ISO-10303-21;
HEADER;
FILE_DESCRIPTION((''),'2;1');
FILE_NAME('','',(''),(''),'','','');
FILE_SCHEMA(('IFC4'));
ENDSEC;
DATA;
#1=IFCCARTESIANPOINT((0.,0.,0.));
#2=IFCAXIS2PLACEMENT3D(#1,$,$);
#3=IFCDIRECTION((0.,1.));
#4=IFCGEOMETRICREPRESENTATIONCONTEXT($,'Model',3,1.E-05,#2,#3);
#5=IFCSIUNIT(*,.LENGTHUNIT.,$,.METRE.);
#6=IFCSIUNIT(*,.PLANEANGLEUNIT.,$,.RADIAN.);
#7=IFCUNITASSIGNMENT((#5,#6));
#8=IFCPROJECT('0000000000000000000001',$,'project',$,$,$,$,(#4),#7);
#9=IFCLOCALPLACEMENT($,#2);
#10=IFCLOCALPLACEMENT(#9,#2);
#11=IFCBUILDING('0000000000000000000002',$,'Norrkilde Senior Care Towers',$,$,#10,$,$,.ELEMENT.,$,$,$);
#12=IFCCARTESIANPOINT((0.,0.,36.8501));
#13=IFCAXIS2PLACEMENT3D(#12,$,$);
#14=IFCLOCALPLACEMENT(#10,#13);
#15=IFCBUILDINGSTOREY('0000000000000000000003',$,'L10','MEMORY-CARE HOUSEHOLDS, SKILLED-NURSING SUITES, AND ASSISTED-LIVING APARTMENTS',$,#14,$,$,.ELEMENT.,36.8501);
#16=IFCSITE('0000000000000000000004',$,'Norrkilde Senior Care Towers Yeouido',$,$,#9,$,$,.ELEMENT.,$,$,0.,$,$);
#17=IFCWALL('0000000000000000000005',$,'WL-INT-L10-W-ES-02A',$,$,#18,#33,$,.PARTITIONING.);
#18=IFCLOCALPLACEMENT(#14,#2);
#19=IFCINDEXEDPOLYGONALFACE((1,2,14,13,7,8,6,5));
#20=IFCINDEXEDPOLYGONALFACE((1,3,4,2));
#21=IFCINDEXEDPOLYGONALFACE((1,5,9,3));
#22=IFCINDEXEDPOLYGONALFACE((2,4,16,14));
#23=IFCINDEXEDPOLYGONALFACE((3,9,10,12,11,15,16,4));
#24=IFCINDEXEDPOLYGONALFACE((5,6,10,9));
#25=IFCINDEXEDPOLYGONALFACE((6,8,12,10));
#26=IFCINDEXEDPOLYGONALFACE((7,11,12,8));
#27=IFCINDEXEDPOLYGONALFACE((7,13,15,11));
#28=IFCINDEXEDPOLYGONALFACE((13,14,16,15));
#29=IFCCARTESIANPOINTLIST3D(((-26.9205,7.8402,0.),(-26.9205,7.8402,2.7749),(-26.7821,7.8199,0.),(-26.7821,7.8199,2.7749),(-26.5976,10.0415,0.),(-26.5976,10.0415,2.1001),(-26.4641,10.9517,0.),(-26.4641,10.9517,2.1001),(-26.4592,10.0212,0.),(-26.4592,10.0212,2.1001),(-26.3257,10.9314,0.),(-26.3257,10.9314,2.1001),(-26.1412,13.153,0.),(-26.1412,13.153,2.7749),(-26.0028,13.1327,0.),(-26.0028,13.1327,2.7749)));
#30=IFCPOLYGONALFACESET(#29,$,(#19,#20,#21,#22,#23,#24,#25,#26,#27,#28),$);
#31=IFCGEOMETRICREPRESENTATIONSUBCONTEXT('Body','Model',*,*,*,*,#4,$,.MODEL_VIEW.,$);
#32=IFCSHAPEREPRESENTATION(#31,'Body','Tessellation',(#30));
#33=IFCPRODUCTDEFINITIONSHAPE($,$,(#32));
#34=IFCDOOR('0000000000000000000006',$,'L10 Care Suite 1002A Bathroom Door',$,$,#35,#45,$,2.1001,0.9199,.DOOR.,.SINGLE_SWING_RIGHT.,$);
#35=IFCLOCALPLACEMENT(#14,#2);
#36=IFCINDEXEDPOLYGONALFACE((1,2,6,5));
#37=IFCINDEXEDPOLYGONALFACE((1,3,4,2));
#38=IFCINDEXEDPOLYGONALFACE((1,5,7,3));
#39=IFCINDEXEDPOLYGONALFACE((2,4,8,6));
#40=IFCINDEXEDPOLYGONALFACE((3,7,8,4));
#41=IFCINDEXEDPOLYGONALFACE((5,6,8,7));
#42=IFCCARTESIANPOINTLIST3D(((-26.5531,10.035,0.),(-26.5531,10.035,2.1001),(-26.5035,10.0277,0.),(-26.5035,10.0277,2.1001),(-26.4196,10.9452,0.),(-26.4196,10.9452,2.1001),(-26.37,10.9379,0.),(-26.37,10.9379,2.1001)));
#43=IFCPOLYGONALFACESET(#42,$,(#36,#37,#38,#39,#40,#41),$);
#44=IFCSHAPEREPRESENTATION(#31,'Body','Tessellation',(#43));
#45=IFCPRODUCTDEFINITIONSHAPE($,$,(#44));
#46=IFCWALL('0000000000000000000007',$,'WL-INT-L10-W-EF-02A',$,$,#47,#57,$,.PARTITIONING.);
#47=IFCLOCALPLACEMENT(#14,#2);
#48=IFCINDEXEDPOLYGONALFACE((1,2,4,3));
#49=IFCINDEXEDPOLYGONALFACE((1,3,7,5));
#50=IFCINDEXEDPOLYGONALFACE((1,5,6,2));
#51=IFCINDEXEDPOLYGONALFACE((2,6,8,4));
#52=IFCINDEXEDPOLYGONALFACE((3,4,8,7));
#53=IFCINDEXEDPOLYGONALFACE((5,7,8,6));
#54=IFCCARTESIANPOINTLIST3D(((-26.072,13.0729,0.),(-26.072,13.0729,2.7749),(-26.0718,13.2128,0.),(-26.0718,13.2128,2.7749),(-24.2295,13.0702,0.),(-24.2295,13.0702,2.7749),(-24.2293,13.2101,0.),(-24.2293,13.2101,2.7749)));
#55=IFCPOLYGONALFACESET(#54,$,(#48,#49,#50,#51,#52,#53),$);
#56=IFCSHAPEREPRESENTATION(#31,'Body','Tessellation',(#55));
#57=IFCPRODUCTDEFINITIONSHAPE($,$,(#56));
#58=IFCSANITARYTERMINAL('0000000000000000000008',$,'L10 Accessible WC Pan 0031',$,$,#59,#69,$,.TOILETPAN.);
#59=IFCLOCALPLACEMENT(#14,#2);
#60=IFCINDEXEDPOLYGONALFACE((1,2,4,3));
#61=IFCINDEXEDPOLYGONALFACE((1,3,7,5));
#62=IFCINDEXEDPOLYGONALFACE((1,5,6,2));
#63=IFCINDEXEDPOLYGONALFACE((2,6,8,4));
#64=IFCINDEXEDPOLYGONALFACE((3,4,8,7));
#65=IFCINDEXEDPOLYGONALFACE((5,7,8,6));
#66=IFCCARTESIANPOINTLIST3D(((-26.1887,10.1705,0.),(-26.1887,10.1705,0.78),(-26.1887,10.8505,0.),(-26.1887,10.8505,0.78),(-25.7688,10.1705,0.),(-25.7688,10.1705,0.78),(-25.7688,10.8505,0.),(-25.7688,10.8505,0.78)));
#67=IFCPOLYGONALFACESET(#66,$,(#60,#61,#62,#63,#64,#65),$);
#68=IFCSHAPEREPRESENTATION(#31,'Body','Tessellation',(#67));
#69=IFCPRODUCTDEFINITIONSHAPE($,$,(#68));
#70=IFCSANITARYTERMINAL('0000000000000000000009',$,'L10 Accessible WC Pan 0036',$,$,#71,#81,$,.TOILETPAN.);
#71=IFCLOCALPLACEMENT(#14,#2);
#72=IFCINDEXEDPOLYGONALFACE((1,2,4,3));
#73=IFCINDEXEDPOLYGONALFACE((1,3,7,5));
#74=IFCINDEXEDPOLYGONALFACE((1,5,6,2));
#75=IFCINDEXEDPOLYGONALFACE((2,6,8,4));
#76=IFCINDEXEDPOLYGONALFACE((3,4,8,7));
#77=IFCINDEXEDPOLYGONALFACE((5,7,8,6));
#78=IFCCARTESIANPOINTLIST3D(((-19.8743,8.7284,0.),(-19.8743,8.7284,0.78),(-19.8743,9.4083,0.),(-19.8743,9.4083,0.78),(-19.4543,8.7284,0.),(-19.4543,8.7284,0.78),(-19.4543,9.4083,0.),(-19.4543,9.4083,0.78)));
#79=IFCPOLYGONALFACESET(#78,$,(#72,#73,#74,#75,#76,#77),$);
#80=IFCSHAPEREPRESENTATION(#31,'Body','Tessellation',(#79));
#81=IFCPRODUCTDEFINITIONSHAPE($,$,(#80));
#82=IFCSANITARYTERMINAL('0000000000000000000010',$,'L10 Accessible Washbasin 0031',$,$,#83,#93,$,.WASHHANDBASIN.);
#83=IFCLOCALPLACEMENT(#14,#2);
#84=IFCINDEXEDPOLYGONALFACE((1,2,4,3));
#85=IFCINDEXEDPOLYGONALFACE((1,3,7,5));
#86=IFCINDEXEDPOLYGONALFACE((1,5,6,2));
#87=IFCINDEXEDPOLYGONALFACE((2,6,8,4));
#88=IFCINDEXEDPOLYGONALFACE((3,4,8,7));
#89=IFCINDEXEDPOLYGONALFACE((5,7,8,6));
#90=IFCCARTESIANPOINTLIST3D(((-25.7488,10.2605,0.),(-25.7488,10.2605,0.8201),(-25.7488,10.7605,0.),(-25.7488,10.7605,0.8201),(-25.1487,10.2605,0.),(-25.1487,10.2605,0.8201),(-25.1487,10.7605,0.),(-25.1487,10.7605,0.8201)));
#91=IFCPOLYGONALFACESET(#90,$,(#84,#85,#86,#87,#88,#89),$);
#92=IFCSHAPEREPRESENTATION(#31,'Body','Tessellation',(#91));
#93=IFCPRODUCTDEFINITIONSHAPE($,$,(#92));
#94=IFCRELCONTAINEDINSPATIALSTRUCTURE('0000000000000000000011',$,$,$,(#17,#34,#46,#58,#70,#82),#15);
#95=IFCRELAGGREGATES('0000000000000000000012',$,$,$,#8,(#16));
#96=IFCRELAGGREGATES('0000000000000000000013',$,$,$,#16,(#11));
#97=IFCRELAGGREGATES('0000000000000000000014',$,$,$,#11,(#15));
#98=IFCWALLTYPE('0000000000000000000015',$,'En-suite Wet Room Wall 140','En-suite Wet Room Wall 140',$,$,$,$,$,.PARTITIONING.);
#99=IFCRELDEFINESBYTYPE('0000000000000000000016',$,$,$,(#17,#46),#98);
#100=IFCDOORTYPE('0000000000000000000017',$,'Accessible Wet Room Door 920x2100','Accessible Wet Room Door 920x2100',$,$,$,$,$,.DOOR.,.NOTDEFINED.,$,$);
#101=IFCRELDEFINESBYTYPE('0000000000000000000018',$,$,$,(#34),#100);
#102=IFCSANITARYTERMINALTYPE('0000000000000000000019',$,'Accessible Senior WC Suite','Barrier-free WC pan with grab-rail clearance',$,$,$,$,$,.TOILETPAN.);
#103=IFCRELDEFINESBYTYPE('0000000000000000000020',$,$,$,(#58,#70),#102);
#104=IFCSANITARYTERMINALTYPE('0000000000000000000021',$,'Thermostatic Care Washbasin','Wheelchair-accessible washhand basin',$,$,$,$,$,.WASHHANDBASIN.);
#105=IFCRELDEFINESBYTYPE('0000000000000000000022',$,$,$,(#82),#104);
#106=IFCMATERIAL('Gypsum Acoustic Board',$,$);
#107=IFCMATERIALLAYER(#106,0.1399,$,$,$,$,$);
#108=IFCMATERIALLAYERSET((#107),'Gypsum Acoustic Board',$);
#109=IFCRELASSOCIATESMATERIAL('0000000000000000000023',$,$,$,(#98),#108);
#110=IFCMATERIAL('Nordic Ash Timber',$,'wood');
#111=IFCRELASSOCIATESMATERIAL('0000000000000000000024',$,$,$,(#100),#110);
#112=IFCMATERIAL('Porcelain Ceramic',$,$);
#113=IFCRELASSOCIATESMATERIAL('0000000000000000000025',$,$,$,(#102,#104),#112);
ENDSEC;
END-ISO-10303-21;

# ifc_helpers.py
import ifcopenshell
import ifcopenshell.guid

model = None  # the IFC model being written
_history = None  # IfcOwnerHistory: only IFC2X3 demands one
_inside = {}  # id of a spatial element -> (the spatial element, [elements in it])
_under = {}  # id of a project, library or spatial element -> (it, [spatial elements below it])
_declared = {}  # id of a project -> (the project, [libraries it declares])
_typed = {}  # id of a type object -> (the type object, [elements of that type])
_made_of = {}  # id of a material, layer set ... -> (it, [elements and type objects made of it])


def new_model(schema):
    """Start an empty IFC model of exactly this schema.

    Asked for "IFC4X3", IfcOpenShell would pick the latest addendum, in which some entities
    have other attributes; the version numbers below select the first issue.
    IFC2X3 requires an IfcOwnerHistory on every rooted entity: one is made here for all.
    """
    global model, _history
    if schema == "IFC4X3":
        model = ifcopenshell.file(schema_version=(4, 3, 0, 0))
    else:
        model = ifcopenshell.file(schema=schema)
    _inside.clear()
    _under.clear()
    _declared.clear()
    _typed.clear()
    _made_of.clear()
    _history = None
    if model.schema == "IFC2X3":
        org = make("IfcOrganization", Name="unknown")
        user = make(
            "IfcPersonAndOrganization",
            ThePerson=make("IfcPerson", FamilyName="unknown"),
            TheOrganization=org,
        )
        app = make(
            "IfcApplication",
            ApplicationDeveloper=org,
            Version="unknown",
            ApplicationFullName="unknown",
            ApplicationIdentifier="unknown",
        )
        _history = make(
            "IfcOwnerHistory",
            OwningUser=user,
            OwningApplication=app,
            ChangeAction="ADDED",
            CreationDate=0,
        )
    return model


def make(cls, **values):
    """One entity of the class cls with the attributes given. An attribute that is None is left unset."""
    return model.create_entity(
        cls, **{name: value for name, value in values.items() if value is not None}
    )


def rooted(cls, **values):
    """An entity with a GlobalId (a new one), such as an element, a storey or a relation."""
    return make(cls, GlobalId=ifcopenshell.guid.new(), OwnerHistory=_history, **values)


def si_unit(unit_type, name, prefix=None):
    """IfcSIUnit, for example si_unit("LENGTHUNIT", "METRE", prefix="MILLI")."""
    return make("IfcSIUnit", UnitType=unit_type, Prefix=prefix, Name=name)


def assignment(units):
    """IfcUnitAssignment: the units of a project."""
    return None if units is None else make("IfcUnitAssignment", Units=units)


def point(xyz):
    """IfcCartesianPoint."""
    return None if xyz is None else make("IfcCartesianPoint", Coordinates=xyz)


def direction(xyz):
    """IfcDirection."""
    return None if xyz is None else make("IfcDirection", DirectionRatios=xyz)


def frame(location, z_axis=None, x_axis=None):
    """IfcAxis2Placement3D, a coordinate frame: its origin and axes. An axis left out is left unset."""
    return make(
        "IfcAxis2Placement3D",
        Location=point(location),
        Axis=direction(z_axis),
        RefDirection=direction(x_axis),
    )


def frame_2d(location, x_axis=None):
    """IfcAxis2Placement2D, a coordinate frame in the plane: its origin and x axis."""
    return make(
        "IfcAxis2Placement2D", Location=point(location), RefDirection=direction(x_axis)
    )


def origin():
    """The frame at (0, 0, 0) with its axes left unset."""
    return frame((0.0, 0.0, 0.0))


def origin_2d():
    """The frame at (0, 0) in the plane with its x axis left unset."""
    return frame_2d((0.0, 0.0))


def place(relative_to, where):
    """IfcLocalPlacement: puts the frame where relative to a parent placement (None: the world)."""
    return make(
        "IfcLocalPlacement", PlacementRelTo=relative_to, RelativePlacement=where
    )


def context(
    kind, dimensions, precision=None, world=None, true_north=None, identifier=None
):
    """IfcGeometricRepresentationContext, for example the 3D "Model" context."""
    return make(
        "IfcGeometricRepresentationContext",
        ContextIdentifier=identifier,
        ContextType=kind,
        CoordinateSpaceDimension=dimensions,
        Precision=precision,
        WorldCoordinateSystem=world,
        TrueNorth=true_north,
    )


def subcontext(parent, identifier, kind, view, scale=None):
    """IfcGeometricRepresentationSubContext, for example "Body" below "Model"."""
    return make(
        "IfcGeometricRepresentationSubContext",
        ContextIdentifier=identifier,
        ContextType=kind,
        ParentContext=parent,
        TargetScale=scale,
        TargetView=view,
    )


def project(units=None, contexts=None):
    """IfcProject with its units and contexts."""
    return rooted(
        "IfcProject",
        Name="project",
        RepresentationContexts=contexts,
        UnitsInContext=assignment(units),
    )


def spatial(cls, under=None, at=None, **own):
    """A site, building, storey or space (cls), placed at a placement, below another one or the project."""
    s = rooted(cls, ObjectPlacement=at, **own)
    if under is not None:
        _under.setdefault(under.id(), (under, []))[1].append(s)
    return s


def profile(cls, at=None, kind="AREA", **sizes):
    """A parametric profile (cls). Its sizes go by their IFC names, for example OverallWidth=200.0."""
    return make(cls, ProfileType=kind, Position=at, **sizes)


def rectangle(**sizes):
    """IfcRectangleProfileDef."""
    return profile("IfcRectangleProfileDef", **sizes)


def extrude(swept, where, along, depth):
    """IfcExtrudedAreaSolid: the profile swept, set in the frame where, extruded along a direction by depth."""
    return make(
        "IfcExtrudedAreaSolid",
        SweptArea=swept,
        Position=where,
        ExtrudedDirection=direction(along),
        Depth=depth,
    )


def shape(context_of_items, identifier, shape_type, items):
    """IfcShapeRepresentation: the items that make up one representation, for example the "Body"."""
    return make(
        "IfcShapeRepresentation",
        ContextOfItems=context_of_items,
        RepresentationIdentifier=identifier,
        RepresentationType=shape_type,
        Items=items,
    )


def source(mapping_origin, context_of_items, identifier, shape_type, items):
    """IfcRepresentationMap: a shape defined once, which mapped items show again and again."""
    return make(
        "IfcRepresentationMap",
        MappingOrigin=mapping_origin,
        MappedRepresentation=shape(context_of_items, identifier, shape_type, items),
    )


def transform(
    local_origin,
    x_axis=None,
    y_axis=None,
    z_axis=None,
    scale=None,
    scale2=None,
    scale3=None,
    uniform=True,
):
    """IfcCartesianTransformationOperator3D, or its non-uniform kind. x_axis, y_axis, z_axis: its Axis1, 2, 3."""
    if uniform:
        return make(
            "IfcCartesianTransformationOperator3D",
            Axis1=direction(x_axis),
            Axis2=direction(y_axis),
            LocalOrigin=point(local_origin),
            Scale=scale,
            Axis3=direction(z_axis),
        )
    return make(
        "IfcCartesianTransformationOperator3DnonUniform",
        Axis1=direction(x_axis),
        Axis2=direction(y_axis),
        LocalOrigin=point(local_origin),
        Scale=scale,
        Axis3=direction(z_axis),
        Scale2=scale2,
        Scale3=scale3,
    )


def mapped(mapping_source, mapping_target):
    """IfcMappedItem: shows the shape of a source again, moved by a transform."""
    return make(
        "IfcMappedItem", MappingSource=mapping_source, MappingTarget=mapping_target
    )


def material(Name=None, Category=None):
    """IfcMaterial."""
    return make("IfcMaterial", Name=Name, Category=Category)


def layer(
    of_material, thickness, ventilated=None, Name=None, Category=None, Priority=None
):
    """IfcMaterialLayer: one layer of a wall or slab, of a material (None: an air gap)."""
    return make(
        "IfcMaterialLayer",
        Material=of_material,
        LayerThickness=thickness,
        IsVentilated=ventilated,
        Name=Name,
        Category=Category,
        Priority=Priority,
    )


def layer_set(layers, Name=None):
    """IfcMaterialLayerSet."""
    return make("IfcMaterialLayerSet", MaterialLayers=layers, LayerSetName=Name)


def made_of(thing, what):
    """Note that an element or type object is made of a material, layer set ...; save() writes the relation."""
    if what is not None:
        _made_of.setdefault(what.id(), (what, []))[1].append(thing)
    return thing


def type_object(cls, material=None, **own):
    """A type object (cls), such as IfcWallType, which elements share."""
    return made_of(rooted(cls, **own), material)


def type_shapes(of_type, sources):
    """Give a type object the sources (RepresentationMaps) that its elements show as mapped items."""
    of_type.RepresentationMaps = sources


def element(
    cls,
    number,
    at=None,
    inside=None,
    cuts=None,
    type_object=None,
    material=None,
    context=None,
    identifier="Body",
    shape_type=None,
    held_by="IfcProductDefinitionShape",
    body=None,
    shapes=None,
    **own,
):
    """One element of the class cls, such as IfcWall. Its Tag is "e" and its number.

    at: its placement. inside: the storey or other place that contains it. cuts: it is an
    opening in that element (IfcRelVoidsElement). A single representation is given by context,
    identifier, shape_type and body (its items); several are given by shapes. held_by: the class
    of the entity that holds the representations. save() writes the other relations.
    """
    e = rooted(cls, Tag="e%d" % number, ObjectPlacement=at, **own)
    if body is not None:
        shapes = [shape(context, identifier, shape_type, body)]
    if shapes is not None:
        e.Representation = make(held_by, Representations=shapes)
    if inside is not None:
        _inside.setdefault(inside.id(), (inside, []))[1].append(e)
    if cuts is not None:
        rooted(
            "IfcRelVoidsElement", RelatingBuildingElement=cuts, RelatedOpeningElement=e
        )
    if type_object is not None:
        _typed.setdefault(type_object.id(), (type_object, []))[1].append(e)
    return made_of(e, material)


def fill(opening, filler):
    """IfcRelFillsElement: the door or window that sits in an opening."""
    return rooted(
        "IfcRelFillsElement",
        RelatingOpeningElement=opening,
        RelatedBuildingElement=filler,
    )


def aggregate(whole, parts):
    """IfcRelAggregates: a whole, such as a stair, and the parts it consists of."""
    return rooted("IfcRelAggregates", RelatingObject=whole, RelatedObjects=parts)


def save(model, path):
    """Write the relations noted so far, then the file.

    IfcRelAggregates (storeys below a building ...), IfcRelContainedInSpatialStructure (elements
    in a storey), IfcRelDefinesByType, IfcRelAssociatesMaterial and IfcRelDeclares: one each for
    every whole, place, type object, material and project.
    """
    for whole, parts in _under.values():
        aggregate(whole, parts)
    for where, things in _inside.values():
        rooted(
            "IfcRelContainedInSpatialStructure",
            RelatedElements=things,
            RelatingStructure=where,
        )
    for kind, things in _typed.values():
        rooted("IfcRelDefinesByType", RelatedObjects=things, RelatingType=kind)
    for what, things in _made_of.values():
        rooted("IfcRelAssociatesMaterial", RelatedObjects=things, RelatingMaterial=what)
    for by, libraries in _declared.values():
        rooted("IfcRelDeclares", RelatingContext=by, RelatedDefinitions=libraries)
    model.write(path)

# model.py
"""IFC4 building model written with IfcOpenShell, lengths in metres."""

from ifc_helpers import new_model, si_unit, direction, frame, frame_2d, origin, origin_2d, place, context, subcontext, project, spatial, rectangle, extrude, source, transform, mapped, material, layer, layer_set, type_object, type_shapes, element, fill, save


model = new_model("IFC4")

# Units and contexts
model_context = context("Model", 3, precision=1e-05, world=origin(), true_north=direction((0.0, 1.0)))
body_context = subcontext(model_context, "Body", "Model", "MODEL_VIEW")
ifc_project = project(units=[si_unit("LENGTHUNIT", "METRE"), si_unit("PLANEANGLEUNIT", "RADIAN")], contexts=[model_context])

# Site, building, storey
site_placement = place(None, origin())
site = spatial("IfcSite", under=ifc_project, at=site_placement, Name="Norrkilde Senior Care Towers Yeouido", CompositionType="ELEMENT", RefElevation=0.0)
building_placement = place(site_placement, origin())
building = spatial("IfcBuilding", under=site, at=building_placement, Name="Norrkilde Senior Care Towers", CompositionType="ELEMENT")
storey_placement = place(building_placement, frame((0.0, 0.0, 36.8501)))
storey = spatial("IfcBuildingStorey", under=building, at=storey_placement, Name="L10", Description="MEMORY-CARE HOUSEHOLDS, SKILLED-NURSING SUITES, AND ASSISTED-LIVING APARTMENTS", CompositionType="ELEMENT", Elevation=36.8501)

# Shared definitions
ifc_material_1 = material(Name="Gypsum Acoustic Board")

# Shared definitions
ifc_layer_1 = layer(ifc_material_1, 0.1399)
ifc_layer_set_1 = layer_set([ifc_layer_1], Name="Gypsum Acoustic Board")
wall_type_1 = type_object("IfcWallType", Name="En-suite Wet Room Wall 140", Description="En-suite Wet Room Wall 140", PredefinedType="PARTITIONING", material=ifc_layer_set_1)
ifc_material_2 = material(Name="Nordic Ash Timber", Category="wood")
door_type_1 = type_object("IfcDoorType", Name="Accessible Wet Room Door 920x2100", Description="Accessible Wet Room Door 920x2100", OperationType="NOTDEFINED", PredefinedType="DOOR", material=ifc_material_2)
shared_shape_1 = source(origin(), body_context, "Body", "SweptSolid", [
    extrude(rectangle(XDim=0.9199, YDim=2.1001, at=frame_2d((0.46, 1.05))), frame((0.0, 0.0249, 0.0), z_axis=(0.0, -1.0, 0.0), x_axis=(1.0, 0.0, 0.0)), (0.0, 0.0, 1.0), 0.05),
])
type_shapes(door_type_1, [shared_shape_1])

# Wall, opening, door
shared_shape_2 = source(origin(), body_context, "Body", "SweptSolid", [
    extrude(rectangle(XDim=5.3696, YDim=0.1399, at=frame_2d((2.6848, 0.0))), origin(), (0.0, 0.0, 1.0), 2.7749),
])
wall_1_placement = place(storey_placement, frame((-26.8513, 7.8301, 0.0), z_axis=(0.0, 0.0, 1.0), x_axis=(0.145131, 0.989412, 0.0)))
wall_1 = element("IfcWall", 1, at=wall_1_placement, inside=storey, type_object=wall_type_1, Name="WL-INT-L10-W-ES-02A", PredefinedType="PARTITIONING", context=body_context, shape_type="MappedRepresentation", body=[
    mapped(shared_shape_2, transform((0.0, 0.0, 0.0), x_axis=(1.0, 0.0, 0.0), y_axis=(0.0, 1.0, 0.0), z_axis=(0.0, 0.0, 1.0), scale=1.0)),
])
opening_1_placement = place(wall_1_placement, frame((2.2249, 0.0, 0.0)))
opening_1 = element("IfcOpeningElement", 2, at=opening_1_placement, cuts=wall_1, PredefinedType="OPENING", context=body_context, shape_type="SweptSolid", body=[
    extrude(rectangle(XDim=0.9199, YDim=2.1001, at=frame_2d((0.46, 1.05))), frame((0.0, 0.0798, 0.0), z_axis=(0.0, -1.0, 0.0), x_axis=(1.0, 0.0, 0.0)), (0.0, 0.0, 1.0), 0.1599),
])
door_1_placement = place(opening_1_placement, origin())
door_1 = element("IfcDoor", 3, at=door_1_placement, inside=storey, type_object=door_type_1, Name="L10 Care Suite 1002A Bathroom Door", OperationType="SINGLE_SWING_RIGHT", OverallHeight=2.1001, OverallWidth=0.9199, PredefinedType="DOOR", context=body_context, shape_type="MappedRepresentation", body=[
    mapped(shared_shape_1, transform((0.0, 0.0, 0.0), x_axis=(1.0, 0.0, 0.0), y_axis=(0.0, 1.0, 0.0), z_axis=(0.0, 0.0, 1.0), scale=1.0)),
])
fill(opening_1, door_1)

# Wall
shared_shape_3 = source(origin(), body_context, "Body", "SweptSolid", [
    extrude(rectangle(XDim=1.8425, YDim=0.1399, at=frame_2d((0.9214, 0.0))), origin(), (0.0, 0.0, 1.0), 2.7749),
])
wall_2_placement = place(storey_placement, frame((-26.072, 13.1428, 0.0), z_axis=(0.0, 0.0, 1.0), x_axis=(0.999999, -0.001458, 0.0)))
element("IfcWall", 4, at=wall_2_placement, inside=storey, type_object=wall_type_1, Name="WL-INT-L10-W-EF-02A", PredefinedType="PARTITIONING", context=body_context, shape_type="MappedRepresentation", body=[
    mapped(shared_shape_3, transform((0.0, 0.0, 0.0), x_axis=(1.0, 0.0, 0.0), y_axis=(0.0, 1.0, 0.0), z_axis=(0.0, 0.0, 1.0), scale=1.0)),
])

# Sanitary terminals
ifc_material_3 = material(Name="Porcelain Ceramic")
sanitary_terminal_type_1 = type_object("IfcSanitaryTerminalType", Name="Accessible Senior WC Suite", Description="Barrier-free WC pan with grab-rail clearance", PredefinedType="TOILETPAN", material=ifc_material_3)
shared_shape_4 = source(origin(), body_context, "Body", "SweptSolid", [
    extrude(rectangle(XDim=0.4199, YDim=0.6799, at=origin_2d()), origin(), (0.0, 0.0, 1.0), 0.78),
])
type_shapes(sanitary_terminal_type_1, [shared_shape_4])
for number, where, z_axis, x_axis, name in (
    (5, (-25.9788, 10.5105, 0.0), (0.0, 0.0, 1.0), (1.0, 0.0, 0.0), "L10 Accessible WC Pan 0031"),
    (6, (-19.6643, 9.0684, 0.0), (0.0, 0.0, 1.0), (1.0, 0.0, 0.0), "L10 Accessible WC Pan 0036"),
):
    element("IfcSanitaryTerminal", number, at=place(storey_placement, frame(where, z_axis=z_axis, x_axis=x_axis)), inside=storey, type_object=sanitary_terminal_type_1, Name=name, PredefinedType="TOILETPAN", context=body_context, shape_type="MappedRepresentation", body=[
        mapped(shared_shape_4, transform((0.0, 0.0, 0.0), x_axis=(1.0, 0.0, 0.0), y_axis=(0.0, 1.0, 0.0), z_axis=(0.0, 0.0, 1.0), scale=1.0)),
    ])
sanitary_terminal_type_2 = type_object("IfcSanitaryTerminalType", Name="Thermostatic Care Washbasin", Description="Wheelchair-accessible washhand basin", PredefinedType="WASHHANDBASIN", material=ifc_material_3)
shared_shape_5 = source(origin(), body_context, "Body", "SweptSolid", [
    extrude(rectangle(XDim=0.6001, YDim=0.5, at=origin_2d()), origin(), (0.0, 0.0, 1.0), 0.8201),
])
type_shapes(sanitary_terminal_type_2, [shared_shape_5])
sanitary_terminal_placement = place(storey_placement, frame((-25.4487, 10.5105, 0.0), z_axis=(0.0, 0.0, 1.0), x_axis=(1.0, 0.0, 0.0)))
element("IfcSanitaryTerminal", 7, at=sanitary_terminal_placement, inside=storey, type_object=sanitary_terminal_type_2, Name="L10 Accessible Washbasin 0031", PredefinedType="WASHHANDBASIN", context=body_context, shape_type="MappedRepresentation", body=[
    mapped(shared_shape_5, transform((0.0, 0.0, 0.0), x_axis=(1.0, 0.0, 0.0), y_axis=(0.0, 1.0, 0.0), z_axis=(0.0, 0.0, 1.0), scale=1.0)),
])

save(model, "model.ifc")
